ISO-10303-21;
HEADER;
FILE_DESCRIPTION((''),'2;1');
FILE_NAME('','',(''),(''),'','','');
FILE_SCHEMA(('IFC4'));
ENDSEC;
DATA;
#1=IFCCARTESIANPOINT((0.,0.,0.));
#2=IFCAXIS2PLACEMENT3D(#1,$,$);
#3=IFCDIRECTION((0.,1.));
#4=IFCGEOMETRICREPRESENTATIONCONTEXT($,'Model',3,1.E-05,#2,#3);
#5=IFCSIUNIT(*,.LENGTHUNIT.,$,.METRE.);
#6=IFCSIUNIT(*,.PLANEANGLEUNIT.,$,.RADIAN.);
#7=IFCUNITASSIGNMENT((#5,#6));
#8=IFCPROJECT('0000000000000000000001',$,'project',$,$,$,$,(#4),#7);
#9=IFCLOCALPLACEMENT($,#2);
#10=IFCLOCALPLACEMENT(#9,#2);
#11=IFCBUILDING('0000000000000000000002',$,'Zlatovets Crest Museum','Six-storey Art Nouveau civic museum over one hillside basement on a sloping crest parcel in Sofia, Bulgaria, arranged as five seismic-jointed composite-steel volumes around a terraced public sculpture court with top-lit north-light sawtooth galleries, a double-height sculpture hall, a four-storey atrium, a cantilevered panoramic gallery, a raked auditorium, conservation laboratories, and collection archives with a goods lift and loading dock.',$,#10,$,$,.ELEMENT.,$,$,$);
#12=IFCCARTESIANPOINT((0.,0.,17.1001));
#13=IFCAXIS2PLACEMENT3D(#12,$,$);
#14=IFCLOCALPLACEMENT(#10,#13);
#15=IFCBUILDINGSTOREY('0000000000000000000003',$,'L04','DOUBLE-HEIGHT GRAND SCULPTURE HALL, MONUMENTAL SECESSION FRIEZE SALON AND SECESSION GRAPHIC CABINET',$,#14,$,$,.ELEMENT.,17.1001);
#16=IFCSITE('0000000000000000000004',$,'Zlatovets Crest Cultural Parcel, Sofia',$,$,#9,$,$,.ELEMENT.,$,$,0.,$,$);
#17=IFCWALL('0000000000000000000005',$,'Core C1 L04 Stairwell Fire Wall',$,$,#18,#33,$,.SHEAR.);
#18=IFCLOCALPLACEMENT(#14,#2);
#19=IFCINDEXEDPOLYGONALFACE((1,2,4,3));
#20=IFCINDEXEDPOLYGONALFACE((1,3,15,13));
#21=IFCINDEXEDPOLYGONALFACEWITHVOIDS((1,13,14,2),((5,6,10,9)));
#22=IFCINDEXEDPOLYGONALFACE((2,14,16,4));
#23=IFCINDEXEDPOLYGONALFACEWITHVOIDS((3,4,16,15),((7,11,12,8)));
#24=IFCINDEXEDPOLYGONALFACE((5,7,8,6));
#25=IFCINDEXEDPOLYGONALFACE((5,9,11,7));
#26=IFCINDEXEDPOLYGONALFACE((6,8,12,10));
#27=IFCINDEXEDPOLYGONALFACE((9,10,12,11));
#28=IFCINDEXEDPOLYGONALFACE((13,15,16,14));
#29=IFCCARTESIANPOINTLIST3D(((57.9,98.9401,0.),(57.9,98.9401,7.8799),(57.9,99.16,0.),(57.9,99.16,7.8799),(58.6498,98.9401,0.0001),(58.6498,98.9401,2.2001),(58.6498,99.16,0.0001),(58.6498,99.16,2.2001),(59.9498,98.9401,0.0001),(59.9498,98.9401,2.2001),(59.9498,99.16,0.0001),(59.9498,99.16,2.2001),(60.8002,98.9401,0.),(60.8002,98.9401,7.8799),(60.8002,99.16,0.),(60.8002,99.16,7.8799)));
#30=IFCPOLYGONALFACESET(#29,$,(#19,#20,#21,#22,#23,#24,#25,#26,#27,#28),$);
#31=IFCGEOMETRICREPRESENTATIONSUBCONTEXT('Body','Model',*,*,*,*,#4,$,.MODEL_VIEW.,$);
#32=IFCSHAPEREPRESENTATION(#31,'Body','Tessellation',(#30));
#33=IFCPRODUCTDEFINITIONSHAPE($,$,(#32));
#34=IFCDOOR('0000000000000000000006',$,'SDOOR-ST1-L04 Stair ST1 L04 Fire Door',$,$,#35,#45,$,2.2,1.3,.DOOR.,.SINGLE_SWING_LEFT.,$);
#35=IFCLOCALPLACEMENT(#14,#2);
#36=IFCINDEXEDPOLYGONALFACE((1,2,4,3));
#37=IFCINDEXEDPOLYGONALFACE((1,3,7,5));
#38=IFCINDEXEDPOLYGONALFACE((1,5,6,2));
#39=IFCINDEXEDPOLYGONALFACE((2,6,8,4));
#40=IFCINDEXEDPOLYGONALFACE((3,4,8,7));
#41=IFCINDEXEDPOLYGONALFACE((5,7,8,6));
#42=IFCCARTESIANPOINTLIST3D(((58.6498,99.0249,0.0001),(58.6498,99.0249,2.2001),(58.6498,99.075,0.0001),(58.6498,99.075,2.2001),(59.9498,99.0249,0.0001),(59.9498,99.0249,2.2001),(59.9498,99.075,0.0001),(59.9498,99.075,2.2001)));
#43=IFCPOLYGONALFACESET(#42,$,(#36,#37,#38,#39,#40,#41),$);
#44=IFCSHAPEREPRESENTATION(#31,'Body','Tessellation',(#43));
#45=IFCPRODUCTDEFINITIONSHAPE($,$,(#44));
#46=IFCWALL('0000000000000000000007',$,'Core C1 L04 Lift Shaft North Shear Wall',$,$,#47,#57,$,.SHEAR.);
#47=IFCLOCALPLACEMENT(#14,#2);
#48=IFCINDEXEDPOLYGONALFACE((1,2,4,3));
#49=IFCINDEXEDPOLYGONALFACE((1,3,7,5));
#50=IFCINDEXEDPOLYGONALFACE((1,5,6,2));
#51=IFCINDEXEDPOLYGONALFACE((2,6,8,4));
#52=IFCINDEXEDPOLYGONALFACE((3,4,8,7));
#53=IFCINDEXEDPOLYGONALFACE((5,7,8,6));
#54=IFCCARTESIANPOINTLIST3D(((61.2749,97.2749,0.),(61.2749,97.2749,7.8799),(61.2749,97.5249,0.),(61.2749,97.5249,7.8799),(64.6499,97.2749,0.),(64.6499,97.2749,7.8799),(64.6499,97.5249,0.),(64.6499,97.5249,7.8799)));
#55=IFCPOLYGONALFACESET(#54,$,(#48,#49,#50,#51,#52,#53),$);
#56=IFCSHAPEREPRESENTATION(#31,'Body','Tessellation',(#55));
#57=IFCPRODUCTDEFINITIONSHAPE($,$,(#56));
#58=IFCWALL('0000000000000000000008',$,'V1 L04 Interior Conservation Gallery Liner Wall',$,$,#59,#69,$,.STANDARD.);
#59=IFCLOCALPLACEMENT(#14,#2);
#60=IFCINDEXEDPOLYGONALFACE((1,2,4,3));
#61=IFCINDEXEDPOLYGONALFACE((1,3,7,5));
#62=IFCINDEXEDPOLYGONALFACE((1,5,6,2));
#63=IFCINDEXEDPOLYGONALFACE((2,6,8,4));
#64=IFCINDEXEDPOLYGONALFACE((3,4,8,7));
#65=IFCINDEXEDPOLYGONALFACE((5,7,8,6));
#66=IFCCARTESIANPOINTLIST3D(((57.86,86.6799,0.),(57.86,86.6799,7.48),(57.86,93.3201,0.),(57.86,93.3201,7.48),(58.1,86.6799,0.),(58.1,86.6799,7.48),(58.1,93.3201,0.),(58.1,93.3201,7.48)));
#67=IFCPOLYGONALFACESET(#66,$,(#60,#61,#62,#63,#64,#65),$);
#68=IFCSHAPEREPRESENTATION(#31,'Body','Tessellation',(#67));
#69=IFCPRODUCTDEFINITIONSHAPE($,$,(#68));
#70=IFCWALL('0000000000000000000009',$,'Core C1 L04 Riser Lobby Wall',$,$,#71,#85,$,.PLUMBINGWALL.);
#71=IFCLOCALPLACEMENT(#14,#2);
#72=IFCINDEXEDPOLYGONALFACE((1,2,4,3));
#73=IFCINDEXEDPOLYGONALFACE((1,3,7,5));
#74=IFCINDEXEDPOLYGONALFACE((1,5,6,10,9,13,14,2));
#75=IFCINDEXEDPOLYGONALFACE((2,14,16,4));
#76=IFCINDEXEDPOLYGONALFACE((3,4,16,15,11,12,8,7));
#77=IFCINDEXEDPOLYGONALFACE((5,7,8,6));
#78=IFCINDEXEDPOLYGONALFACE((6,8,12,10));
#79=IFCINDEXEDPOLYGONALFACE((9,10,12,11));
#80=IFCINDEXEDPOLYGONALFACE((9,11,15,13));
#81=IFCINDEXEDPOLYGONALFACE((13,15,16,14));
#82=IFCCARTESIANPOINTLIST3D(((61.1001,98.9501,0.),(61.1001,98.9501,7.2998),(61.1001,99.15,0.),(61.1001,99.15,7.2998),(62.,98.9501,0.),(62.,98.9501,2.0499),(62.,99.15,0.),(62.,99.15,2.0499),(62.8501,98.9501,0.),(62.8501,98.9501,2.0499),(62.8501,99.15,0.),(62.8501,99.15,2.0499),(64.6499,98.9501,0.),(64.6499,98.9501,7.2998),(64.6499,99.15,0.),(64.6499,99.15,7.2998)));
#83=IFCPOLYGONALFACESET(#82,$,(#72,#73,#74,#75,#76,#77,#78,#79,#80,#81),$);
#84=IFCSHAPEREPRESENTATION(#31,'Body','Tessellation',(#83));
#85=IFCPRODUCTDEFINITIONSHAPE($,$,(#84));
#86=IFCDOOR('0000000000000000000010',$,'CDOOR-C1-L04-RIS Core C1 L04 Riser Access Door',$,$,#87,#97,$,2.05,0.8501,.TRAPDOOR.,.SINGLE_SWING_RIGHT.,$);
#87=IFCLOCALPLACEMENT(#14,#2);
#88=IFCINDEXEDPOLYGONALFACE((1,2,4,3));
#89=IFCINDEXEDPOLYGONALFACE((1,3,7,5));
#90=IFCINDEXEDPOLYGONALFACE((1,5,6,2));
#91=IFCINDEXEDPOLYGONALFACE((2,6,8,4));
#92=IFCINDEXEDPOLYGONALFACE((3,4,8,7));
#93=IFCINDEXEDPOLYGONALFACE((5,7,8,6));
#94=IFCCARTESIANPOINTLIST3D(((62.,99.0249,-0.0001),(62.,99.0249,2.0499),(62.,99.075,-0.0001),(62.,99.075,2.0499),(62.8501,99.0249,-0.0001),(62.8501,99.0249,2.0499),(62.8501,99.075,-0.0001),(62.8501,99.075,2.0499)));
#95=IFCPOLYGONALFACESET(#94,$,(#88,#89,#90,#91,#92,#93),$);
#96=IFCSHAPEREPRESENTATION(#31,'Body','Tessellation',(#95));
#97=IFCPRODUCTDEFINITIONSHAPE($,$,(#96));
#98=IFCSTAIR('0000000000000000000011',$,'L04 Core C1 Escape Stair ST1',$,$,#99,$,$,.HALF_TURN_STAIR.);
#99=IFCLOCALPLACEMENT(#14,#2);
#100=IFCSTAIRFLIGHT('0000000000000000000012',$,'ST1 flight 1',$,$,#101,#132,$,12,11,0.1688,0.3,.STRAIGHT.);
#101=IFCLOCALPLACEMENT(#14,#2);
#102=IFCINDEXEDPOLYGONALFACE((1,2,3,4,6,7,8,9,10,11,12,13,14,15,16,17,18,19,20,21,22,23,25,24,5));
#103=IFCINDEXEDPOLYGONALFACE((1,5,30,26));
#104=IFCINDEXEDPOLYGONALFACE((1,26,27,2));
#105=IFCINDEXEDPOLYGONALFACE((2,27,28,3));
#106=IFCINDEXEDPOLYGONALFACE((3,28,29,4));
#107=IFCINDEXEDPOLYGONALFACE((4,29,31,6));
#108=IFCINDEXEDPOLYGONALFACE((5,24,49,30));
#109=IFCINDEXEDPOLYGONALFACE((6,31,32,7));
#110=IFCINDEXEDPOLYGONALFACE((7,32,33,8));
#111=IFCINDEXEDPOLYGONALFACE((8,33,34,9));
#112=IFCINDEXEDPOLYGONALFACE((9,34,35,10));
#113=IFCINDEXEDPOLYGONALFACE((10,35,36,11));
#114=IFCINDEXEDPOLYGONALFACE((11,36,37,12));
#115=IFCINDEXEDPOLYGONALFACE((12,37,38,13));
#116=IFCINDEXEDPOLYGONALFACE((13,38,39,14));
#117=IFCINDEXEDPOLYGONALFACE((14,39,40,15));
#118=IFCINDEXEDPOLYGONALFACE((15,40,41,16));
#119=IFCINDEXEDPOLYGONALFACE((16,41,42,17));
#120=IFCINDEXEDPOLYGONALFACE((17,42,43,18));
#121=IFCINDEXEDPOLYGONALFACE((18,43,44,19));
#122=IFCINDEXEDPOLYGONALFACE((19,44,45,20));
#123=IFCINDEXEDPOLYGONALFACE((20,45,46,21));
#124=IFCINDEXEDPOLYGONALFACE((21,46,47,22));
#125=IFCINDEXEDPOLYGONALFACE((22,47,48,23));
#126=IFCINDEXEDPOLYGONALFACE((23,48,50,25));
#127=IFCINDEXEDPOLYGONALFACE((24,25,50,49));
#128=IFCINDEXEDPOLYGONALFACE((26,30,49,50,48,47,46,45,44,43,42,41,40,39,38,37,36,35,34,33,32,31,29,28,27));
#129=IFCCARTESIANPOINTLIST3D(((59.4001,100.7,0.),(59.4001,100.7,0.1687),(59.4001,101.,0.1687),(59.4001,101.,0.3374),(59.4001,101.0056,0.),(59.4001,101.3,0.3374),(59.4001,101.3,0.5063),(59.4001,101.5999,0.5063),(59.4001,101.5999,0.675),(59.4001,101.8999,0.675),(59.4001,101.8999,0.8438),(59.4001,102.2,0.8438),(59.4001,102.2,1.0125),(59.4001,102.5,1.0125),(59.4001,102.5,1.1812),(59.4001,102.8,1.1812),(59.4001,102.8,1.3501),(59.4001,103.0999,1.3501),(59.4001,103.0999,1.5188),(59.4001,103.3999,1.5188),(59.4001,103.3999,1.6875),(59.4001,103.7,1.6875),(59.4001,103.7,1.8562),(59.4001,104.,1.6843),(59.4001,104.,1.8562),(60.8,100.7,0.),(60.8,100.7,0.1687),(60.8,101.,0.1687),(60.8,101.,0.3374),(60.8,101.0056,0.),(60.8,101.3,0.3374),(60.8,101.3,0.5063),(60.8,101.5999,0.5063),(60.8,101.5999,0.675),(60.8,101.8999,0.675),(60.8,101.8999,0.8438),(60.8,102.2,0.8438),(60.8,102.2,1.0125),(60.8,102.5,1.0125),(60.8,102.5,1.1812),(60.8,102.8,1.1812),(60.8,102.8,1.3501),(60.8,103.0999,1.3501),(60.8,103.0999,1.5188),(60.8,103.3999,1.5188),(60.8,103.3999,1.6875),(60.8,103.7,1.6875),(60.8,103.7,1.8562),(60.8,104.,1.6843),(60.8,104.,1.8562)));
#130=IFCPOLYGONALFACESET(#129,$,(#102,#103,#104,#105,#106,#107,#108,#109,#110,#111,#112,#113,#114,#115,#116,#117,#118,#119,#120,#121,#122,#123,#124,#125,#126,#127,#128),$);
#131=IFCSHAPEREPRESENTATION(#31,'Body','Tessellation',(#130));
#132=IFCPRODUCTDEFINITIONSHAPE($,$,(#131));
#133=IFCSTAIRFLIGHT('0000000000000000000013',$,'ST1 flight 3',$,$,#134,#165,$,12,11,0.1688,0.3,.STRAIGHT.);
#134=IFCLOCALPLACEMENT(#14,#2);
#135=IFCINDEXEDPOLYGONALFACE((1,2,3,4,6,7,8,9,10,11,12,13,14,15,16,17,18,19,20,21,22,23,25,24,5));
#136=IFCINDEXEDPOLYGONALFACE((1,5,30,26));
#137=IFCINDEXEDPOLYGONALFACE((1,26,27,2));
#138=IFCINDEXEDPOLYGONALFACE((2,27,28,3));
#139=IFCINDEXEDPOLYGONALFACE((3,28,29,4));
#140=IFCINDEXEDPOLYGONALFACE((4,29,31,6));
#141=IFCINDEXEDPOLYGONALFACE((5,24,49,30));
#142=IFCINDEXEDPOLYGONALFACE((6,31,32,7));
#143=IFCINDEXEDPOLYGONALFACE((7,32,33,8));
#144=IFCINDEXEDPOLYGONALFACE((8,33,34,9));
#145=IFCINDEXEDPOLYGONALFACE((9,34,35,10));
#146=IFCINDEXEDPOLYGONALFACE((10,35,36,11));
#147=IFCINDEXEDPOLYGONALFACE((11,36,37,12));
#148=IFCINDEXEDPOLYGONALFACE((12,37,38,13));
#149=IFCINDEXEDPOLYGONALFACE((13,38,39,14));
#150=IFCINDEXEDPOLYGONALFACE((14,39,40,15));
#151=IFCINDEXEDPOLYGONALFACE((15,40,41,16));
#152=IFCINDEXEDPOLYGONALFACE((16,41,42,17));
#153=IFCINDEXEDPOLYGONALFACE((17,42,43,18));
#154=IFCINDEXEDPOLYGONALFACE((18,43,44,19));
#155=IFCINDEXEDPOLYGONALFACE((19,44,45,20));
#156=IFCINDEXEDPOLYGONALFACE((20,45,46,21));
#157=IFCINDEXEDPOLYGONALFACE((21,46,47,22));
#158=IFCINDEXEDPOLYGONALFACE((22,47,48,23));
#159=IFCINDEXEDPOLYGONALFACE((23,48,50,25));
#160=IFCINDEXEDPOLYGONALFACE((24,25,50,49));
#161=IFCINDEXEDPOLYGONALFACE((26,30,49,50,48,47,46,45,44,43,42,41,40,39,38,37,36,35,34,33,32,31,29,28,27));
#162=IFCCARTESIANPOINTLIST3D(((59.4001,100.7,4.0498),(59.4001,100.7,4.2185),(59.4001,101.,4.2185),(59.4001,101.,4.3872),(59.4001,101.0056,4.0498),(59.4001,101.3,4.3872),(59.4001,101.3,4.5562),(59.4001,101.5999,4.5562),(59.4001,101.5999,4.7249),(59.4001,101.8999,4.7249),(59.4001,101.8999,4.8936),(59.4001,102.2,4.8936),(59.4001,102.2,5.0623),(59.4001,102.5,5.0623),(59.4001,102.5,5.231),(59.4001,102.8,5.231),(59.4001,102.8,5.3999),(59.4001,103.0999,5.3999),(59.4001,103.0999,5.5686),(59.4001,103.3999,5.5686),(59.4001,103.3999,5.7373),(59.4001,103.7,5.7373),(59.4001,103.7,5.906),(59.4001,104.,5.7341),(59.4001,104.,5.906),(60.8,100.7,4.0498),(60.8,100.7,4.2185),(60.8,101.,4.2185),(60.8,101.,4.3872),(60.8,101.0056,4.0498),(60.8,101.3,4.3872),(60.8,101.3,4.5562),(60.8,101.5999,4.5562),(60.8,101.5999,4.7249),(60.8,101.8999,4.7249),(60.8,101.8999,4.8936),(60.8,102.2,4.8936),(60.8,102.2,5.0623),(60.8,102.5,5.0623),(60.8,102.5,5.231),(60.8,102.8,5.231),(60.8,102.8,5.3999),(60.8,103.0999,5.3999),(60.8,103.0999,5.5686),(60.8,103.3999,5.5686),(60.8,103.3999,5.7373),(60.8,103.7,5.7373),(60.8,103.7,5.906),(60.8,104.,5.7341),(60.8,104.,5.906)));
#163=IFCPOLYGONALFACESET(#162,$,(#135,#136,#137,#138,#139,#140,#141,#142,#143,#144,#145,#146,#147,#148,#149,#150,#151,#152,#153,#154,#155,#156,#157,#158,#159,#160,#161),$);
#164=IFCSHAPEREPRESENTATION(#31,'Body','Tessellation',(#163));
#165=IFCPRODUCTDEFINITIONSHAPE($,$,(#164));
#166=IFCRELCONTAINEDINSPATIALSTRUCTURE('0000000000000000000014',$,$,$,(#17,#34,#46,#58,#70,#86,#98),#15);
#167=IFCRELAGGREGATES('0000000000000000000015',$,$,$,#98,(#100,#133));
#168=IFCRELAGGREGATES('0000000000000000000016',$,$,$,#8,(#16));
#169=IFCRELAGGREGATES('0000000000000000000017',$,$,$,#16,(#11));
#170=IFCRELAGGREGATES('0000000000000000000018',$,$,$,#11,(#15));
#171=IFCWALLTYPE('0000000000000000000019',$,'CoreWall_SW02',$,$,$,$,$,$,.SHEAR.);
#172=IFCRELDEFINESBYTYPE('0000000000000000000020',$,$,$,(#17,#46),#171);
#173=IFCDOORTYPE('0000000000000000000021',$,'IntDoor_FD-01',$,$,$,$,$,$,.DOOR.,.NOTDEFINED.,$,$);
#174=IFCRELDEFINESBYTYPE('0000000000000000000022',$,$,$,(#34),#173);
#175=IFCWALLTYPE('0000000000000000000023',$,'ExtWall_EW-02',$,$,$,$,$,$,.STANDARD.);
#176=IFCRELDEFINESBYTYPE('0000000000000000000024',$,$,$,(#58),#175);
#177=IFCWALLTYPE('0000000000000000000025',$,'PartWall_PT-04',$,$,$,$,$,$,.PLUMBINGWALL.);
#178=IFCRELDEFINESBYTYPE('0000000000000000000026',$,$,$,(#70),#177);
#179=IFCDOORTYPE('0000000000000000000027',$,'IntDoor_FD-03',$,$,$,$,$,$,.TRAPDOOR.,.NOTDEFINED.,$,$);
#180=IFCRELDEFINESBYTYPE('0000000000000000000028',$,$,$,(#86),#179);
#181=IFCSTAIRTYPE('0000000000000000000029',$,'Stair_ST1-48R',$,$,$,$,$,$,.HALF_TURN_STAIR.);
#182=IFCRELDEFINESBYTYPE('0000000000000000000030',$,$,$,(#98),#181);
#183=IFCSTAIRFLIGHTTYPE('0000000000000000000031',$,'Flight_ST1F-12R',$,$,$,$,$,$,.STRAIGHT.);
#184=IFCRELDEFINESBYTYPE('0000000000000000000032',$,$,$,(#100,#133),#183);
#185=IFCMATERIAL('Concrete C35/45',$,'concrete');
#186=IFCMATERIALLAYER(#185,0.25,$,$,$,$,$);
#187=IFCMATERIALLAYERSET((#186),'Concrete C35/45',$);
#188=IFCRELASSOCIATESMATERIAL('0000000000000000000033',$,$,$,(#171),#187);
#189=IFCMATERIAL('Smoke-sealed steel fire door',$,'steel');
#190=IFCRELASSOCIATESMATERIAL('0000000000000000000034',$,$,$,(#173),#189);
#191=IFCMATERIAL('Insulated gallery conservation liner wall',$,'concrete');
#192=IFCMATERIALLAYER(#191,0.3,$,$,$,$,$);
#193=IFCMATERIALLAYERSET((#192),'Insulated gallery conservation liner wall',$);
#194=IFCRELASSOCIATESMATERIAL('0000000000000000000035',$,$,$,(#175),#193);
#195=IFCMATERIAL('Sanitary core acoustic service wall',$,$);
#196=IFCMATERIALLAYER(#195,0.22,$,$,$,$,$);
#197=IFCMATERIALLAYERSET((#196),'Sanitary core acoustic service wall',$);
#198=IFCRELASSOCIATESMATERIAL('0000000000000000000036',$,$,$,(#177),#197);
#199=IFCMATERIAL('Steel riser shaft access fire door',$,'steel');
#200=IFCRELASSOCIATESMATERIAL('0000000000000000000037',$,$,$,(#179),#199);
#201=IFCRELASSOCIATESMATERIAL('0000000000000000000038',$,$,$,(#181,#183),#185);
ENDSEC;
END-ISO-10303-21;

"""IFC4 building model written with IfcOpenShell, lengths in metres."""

from ifc_helpers import new_model, si_unit, direction, frame, frame_2d, origin, place, context, subcontext, project, spatial, polyline, rectangle, outline, extrude, material, layer, layer_set, type_object, element, fill, aggregate, save


model = new_model("IFC4")

# Units and contexts
model_context = context("Model", 3, precision=1e-05, world=origin(), true_north=direction((0.0, 1.0)))
body_context = subcontext(model_context, "Body", "Model", "MODEL_VIEW")
ifc_project = project(units=[si_unit("LENGTHUNIT", "METRE"), si_unit("PLANEANGLEUNIT", "RADIAN")], contexts=[model_context])

# Site, building, storey
site_placement = place(None, origin())
site = spatial("IfcSite", under=ifc_project, at=site_placement, Name="Zlatovets Crest Cultural Parcel, Sofia", CompositionType="ELEMENT", RefElevation=0.0)
building_placement = place(site_placement, origin())
building = spatial("IfcBuilding", under=site, at=building_placement, Name="Zlatovets Crest Museum", Description="Six-storey Art Nouveau civic museum over one hillside basement on a sloping crest parcel in Sofia, Bulgaria, arranged as five seismic-jointed composite-steel volumes around a terraced public sculpture court with top-lit north-light sawtooth galleries, a double-height sculpture hall, a four-storey atrium, a cantilevered panoramic gallery, a raked auditorium, conservation laboratories, and collection archives with a goods lift and loading dock.", CompositionType="ELEMENT")
storey_placement = place(building_placement, frame((0.0, 0.0, 17.1001)))
storey = spatial("IfcBuildingStorey", under=building, at=storey_placement, Name="L04", Description="DOUBLE-HEIGHT GRAND SCULPTURE HALL, MONUMENTAL SECESSION FRIEZE SALON AND SECESSION GRAPHIC CABINET", CompositionType="ELEMENT", Elevation=17.1001)

# Shared definitions
ifc_material_1 = material(Name="Concrete C35/45", Category="concrete")

# Wall, opening, door
ifc_layer_1 = layer(ifc_material_1, 0.25)
ifc_layer_set_1 = layer_set([ifc_layer_1], Name="Concrete C35/45")
wall_type_1 = type_object("IfcWallType", Name="CoreWall_SW02", PredefinedType="SHEAR", material=ifc_layer_set_1)
wall_1_placement = place(storey_placement, frame((57.8999, 99.05, 0.0), z_axis=(0.0, 0.0, 1.0), x_axis=(1.0, 0.0, 0.0)))
wall_1 = element("IfcWall", 1, at=wall_1_placement, inside=storey, type_object=wall_type_1, Name="Core C1 L04 Stairwell Fire Wall", PredefinedType="SHEAR", context=body_context, shape_type="SweptSolid", body=[
    extrude(rectangle(XDim=2.9001, YDim=0.22, at=frame_2d((1.4502, 0.0))), origin(), (0.0, 0.0, 1.0), 7.8799),
])
opening_1_placement = place(wall_1_placement, frame((0.75, 0.0, 0.0)))
opening_1 = element("IfcOpeningElement", 2, at=opening_1_placement, cuts=wall_1, PredefinedType="OPENING", context=body_context, shape_type="SweptSolid", body=[
    extrude(rectangle(XDim=1.3, YDim=2.2, at=frame_2d((0.6499, 1.1001))), frame((0.0, 0.1201, 0.0), z_axis=(0.0, -1.0, 0.0), x_axis=(1.0, 0.0, 0.0)), (0.0, 0.0, 1.0), 0.24),
])
ifc_material_2 = material(Name="Smoke-sealed steel fire door", Category="steel")
door_type_1 = type_object("IfcDoorType", Name="IntDoor_FD-01", OperationType="NOTDEFINED", PredefinedType="DOOR", material=ifc_material_2)
door_1_placement = place(opening_1_placement, origin())
door_1 = element("IfcDoor", 3, at=door_1_placement, inside=storey, type_object=door_type_1, Name="SDOOR-ST1-L04 Stair ST1 L04 Fire Door", OperationType="SINGLE_SWING_LEFT", OverallHeight=2.2, OverallWidth=1.3, PredefinedType="DOOR", context=body_context, shape_type="SweptSolid", body=[
    extrude(rectangle(XDim=1.3, YDim=2.2, at=frame_2d((0.6499, 1.1001))), frame((0.0, 0.0249, 0.0), z_axis=(0.0, -1.0, 0.0), x_axis=(1.0, 0.0, 0.0)), (0.0, 0.0, 1.0), 0.05),
])
fill(opening_1, door_1)

# Walls
wall_2_placement = place(storey_placement, frame((61.2749, 97.3999, 0.0), z_axis=(0.0, 0.0, 1.0), x_axis=(1.0, 0.0, 0.0)))
element("IfcWall", 4, at=wall_2_placement, inside=storey, type_object=wall_type_1, Name="Core C1 L04 Lift Shaft North Shear Wall", PredefinedType="SHEAR", context=body_context, shape_type="SweptSolid", body=[
    extrude(rectangle(XDim=3.375, YDim=0.25, at=frame_2d((1.6875, 0.0))), origin(), (0.0, 0.0, 1.0), 7.8799),
])
ifc_material_3 = material(Name="Insulated gallery conservation liner wall", Category="concrete")
ifc_layer_2 = layer(ifc_material_3, 0.3)
ifc_layer_set_2 = layer_set([ifc_layer_2], Name="Insulated gallery conservation liner wall")
wall_type_2 = type_object("IfcWallType", Name="ExtWall_EW-02", PredefinedType="STANDARD", material=ifc_layer_set_2)
wall_3_placement = place(storey_placement, frame((57.98, 93.3201, 0.0), z_axis=(0.0, 0.0, 1.0), x_axis=(0.0, -1.0, 0.0)))
element("IfcWall", 5, at=wall_3_placement, inside=storey, type_object=wall_type_2, Name="V1 L04 Interior Conservation Gallery Liner Wall", PredefinedType="STANDARD", context=body_context, shape_type="SweptSolid", body=[
    extrude(rectangle(XDim=6.6401, YDim=0.24, at=frame_2d((3.3201, 0.0))), origin(), (0.0, 0.0, 1.0), 7.48),
])

# Wall, opening, door
ifc_material_4 = material(Name="Sanitary core acoustic service wall")
ifc_layer_3 = layer(ifc_material_4, 0.22)
ifc_layer_set_3 = layer_set([ifc_layer_3], Name="Sanitary core acoustic service wall")
wall_type_3 = type_object("IfcWallType", Name="PartWall_PT-04", PredefinedType="PLUMBINGWALL", material=ifc_layer_set_3)
wall_4_placement = place(storey_placement, frame((61.1001, 99.05, 0.0), z_axis=(0.0, 0.0, 1.0), x_axis=(1.0, 0.0, 0.0)))
wall_4 = element("IfcWall", 6, at=wall_4_placement, inside=storey, type_object=wall_type_3, Name="Core C1 L04 Riser Lobby Wall", PredefinedType="PLUMBINGWALL", context=body_context, shape_type="SweptSolid", body=[
    extrude(rectangle(XDim=3.5498, YDim=0.2, at=frame_2d((1.7749, 0.0))), origin(), (0.0, 0.0, 1.0), 7.2998),
])
opening_2_placement = place(wall_4_placement, frame((0.8999, 0.0, 0.0)))
opening_2 = element("IfcOpeningElement", 7, at=opening_2_placement, cuts=wall_4, PredefinedType="OPENING", context=body_context, shape_type="SweptSolid", body=[
    extrude(rectangle(XDim=0.8501, YDim=2.05, at=frame_2d((0.425, 1.0249))), frame((0.0, 0.1099, 0.0), z_axis=(0.0, -1.0, 0.0), x_axis=(1.0, 0.0, 0.0)), (0.0, 0.0, 1.0), 0.22),
])
ifc_material_5 = material(Name="Steel riser shaft access fire door", Category="steel")
door_type_2 = type_object("IfcDoorType", Name="IntDoor_FD-03", OperationType="NOTDEFINED", PredefinedType="TRAPDOOR", material=ifc_material_5)
door_2_placement = place(opening_2_placement, origin())
door_2 = element("IfcDoor", 8, at=door_2_placement, inside=storey, type_object=door_type_2, Name="CDOOR-C1-L04-RIS Core C1 L04 Riser Access Door", OperationType="SINGLE_SWING_RIGHT", OverallHeight=2.05, OverallWidth=0.8501, PredefinedType="TRAPDOOR", context=body_context, shape_type="SweptSolid", body=[
    extrude(rectangle(XDim=0.8501, YDim=2.05, at=frame_2d((0.425, 1.0249))), frame((0.0, 0.0249, 0.0), z_axis=(0.0, -1.0, 0.0), x_axis=(1.0, 0.0, 0.0)), (0.0, 0.0, 1.0), 0.05),
])
fill(opening_2, door_2)

# Stair, stair flights
stair_type = type_object("IfcStairType", Name="Stair_ST1-48R", PredefinedType="HALF_TURN_STAIR", material=ifc_material_1)
stair_placement = place(storey_placement, origin())
stair = element("IfcStair", 9, at=stair_placement, inside=storey, type_object=stair_type, Name="L04 Core C1 Escape Stair ST1", PredefinedType="HALF_TURN_STAIR")
stair_flight_type = type_object("IfcStairFlightType", Name="Flight_ST1F-12R", PredefinedType="STRAIGHT", material=ifc_material_1)
stair_flight_1_placement = place(storey_placement, frame((60.1001, 100.7, 0.0), z_axis=(0.0, 0.0, 1.0), x_axis=(0.0, 1.0, 0.0)))
stair_flight_1 = element("IfcStairFlight", 10, at=stair_flight_1_placement, type_object=stair_flight_type, Name="ST1 flight 1", NumberOfRisers=12, NumberOfTreads=11, PredefinedType="STRAIGHT", RiserHeight=0.1688, TreadLength=0.3, context=body_context, shape_type="SweptSolid", body=[
    extrude(outline(polyline([(0.0, 0.0), (0.0, 0.1687), (0.3, 0.1687), (0.3, 0.3374), (0.6001, 0.3374), (0.6001, 0.5063), (0.8999, 0.5063), (0.8999, 0.675), (1.2, 0.675), (1.2, 0.8438), (1.5, 0.8438), (1.5, 1.0125), (1.8, 1.0125), (1.8, 1.1812), (2.1001, 1.1812), (2.1001, 1.3501), (2.3999, 1.3501), (2.3999, 1.5188), (2.7, 1.5188), (2.7, 1.6875), (3.0, 1.6875), (3.0, 1.8562), (3.3, 1.8562), (3.3, 2.0249), (3.3, 1.6843), (0.3057, 0.0), (0.0, 0.0)])), frame((0.0, 0.7, 0.0), z_axis=(0.0, -1.0, 0.0), x_axis=(1.0, 0.0, 0.0)), (0.0, 0.0, 1.0), 1.3999),
])
stair_flight_2_placement = place(storey_placement, frame((60.1001, 100.7, 4.0498), z_axis=(0.0, 0.0, 1.0), x_axis=(0.0, 1.0, 0.0)))
stair_flight_2 = element("IfcStairFlight", 11, at=stair_flight_2_placement, type_object=stair_flight_type, Name="ST1 flight 3", NumberOfRisers=12, NumberOfTreads=11, PredefinedType="STRAIGHT", RiserHeight=0.1688, TreadLength=0.3, context=body_context, shape_type="SweptSolid", body=[
    extrude(outline(polyline([(0.0, 0.0), (0.0, 0.1687), (0.3, 0.1687), (0.3, 0.3374), (0.6001, 0.3374), (0.6001, 0.5063), (0.8999, 0.5063), (0.8999, 0.675), (1.2, 0.675), (1.2, 0.8438), (1.5, 0.8438), (1.5, 1.0125), (1.8, 1.0125), (1.8, 1.1812), (2.1001, 1.1812), (2.1001, 1.3501), (2.3999, 1.3501), (2.3999, 1.5188), (2.7, 1.5188), (2.7, 1.6875), (3.0, 1.6875), (3.0, 1.8562), (3.3, 1.8562), (3.3, 2.0249), (3.3, 1.6843), (0.3057, 0.0), (0.0, 0.0)])), frame((0.0, 0.7, 0.0), z_axis=(0.0, -1.0, 0.0), x_axis=(1.0, 0.0, 0.0)), (0.0, 0.0, 1.0), 1.3999),
])
aggregate(stair, [stair_flight_1, stair_flight_2])

save(model, "model.ifc")
